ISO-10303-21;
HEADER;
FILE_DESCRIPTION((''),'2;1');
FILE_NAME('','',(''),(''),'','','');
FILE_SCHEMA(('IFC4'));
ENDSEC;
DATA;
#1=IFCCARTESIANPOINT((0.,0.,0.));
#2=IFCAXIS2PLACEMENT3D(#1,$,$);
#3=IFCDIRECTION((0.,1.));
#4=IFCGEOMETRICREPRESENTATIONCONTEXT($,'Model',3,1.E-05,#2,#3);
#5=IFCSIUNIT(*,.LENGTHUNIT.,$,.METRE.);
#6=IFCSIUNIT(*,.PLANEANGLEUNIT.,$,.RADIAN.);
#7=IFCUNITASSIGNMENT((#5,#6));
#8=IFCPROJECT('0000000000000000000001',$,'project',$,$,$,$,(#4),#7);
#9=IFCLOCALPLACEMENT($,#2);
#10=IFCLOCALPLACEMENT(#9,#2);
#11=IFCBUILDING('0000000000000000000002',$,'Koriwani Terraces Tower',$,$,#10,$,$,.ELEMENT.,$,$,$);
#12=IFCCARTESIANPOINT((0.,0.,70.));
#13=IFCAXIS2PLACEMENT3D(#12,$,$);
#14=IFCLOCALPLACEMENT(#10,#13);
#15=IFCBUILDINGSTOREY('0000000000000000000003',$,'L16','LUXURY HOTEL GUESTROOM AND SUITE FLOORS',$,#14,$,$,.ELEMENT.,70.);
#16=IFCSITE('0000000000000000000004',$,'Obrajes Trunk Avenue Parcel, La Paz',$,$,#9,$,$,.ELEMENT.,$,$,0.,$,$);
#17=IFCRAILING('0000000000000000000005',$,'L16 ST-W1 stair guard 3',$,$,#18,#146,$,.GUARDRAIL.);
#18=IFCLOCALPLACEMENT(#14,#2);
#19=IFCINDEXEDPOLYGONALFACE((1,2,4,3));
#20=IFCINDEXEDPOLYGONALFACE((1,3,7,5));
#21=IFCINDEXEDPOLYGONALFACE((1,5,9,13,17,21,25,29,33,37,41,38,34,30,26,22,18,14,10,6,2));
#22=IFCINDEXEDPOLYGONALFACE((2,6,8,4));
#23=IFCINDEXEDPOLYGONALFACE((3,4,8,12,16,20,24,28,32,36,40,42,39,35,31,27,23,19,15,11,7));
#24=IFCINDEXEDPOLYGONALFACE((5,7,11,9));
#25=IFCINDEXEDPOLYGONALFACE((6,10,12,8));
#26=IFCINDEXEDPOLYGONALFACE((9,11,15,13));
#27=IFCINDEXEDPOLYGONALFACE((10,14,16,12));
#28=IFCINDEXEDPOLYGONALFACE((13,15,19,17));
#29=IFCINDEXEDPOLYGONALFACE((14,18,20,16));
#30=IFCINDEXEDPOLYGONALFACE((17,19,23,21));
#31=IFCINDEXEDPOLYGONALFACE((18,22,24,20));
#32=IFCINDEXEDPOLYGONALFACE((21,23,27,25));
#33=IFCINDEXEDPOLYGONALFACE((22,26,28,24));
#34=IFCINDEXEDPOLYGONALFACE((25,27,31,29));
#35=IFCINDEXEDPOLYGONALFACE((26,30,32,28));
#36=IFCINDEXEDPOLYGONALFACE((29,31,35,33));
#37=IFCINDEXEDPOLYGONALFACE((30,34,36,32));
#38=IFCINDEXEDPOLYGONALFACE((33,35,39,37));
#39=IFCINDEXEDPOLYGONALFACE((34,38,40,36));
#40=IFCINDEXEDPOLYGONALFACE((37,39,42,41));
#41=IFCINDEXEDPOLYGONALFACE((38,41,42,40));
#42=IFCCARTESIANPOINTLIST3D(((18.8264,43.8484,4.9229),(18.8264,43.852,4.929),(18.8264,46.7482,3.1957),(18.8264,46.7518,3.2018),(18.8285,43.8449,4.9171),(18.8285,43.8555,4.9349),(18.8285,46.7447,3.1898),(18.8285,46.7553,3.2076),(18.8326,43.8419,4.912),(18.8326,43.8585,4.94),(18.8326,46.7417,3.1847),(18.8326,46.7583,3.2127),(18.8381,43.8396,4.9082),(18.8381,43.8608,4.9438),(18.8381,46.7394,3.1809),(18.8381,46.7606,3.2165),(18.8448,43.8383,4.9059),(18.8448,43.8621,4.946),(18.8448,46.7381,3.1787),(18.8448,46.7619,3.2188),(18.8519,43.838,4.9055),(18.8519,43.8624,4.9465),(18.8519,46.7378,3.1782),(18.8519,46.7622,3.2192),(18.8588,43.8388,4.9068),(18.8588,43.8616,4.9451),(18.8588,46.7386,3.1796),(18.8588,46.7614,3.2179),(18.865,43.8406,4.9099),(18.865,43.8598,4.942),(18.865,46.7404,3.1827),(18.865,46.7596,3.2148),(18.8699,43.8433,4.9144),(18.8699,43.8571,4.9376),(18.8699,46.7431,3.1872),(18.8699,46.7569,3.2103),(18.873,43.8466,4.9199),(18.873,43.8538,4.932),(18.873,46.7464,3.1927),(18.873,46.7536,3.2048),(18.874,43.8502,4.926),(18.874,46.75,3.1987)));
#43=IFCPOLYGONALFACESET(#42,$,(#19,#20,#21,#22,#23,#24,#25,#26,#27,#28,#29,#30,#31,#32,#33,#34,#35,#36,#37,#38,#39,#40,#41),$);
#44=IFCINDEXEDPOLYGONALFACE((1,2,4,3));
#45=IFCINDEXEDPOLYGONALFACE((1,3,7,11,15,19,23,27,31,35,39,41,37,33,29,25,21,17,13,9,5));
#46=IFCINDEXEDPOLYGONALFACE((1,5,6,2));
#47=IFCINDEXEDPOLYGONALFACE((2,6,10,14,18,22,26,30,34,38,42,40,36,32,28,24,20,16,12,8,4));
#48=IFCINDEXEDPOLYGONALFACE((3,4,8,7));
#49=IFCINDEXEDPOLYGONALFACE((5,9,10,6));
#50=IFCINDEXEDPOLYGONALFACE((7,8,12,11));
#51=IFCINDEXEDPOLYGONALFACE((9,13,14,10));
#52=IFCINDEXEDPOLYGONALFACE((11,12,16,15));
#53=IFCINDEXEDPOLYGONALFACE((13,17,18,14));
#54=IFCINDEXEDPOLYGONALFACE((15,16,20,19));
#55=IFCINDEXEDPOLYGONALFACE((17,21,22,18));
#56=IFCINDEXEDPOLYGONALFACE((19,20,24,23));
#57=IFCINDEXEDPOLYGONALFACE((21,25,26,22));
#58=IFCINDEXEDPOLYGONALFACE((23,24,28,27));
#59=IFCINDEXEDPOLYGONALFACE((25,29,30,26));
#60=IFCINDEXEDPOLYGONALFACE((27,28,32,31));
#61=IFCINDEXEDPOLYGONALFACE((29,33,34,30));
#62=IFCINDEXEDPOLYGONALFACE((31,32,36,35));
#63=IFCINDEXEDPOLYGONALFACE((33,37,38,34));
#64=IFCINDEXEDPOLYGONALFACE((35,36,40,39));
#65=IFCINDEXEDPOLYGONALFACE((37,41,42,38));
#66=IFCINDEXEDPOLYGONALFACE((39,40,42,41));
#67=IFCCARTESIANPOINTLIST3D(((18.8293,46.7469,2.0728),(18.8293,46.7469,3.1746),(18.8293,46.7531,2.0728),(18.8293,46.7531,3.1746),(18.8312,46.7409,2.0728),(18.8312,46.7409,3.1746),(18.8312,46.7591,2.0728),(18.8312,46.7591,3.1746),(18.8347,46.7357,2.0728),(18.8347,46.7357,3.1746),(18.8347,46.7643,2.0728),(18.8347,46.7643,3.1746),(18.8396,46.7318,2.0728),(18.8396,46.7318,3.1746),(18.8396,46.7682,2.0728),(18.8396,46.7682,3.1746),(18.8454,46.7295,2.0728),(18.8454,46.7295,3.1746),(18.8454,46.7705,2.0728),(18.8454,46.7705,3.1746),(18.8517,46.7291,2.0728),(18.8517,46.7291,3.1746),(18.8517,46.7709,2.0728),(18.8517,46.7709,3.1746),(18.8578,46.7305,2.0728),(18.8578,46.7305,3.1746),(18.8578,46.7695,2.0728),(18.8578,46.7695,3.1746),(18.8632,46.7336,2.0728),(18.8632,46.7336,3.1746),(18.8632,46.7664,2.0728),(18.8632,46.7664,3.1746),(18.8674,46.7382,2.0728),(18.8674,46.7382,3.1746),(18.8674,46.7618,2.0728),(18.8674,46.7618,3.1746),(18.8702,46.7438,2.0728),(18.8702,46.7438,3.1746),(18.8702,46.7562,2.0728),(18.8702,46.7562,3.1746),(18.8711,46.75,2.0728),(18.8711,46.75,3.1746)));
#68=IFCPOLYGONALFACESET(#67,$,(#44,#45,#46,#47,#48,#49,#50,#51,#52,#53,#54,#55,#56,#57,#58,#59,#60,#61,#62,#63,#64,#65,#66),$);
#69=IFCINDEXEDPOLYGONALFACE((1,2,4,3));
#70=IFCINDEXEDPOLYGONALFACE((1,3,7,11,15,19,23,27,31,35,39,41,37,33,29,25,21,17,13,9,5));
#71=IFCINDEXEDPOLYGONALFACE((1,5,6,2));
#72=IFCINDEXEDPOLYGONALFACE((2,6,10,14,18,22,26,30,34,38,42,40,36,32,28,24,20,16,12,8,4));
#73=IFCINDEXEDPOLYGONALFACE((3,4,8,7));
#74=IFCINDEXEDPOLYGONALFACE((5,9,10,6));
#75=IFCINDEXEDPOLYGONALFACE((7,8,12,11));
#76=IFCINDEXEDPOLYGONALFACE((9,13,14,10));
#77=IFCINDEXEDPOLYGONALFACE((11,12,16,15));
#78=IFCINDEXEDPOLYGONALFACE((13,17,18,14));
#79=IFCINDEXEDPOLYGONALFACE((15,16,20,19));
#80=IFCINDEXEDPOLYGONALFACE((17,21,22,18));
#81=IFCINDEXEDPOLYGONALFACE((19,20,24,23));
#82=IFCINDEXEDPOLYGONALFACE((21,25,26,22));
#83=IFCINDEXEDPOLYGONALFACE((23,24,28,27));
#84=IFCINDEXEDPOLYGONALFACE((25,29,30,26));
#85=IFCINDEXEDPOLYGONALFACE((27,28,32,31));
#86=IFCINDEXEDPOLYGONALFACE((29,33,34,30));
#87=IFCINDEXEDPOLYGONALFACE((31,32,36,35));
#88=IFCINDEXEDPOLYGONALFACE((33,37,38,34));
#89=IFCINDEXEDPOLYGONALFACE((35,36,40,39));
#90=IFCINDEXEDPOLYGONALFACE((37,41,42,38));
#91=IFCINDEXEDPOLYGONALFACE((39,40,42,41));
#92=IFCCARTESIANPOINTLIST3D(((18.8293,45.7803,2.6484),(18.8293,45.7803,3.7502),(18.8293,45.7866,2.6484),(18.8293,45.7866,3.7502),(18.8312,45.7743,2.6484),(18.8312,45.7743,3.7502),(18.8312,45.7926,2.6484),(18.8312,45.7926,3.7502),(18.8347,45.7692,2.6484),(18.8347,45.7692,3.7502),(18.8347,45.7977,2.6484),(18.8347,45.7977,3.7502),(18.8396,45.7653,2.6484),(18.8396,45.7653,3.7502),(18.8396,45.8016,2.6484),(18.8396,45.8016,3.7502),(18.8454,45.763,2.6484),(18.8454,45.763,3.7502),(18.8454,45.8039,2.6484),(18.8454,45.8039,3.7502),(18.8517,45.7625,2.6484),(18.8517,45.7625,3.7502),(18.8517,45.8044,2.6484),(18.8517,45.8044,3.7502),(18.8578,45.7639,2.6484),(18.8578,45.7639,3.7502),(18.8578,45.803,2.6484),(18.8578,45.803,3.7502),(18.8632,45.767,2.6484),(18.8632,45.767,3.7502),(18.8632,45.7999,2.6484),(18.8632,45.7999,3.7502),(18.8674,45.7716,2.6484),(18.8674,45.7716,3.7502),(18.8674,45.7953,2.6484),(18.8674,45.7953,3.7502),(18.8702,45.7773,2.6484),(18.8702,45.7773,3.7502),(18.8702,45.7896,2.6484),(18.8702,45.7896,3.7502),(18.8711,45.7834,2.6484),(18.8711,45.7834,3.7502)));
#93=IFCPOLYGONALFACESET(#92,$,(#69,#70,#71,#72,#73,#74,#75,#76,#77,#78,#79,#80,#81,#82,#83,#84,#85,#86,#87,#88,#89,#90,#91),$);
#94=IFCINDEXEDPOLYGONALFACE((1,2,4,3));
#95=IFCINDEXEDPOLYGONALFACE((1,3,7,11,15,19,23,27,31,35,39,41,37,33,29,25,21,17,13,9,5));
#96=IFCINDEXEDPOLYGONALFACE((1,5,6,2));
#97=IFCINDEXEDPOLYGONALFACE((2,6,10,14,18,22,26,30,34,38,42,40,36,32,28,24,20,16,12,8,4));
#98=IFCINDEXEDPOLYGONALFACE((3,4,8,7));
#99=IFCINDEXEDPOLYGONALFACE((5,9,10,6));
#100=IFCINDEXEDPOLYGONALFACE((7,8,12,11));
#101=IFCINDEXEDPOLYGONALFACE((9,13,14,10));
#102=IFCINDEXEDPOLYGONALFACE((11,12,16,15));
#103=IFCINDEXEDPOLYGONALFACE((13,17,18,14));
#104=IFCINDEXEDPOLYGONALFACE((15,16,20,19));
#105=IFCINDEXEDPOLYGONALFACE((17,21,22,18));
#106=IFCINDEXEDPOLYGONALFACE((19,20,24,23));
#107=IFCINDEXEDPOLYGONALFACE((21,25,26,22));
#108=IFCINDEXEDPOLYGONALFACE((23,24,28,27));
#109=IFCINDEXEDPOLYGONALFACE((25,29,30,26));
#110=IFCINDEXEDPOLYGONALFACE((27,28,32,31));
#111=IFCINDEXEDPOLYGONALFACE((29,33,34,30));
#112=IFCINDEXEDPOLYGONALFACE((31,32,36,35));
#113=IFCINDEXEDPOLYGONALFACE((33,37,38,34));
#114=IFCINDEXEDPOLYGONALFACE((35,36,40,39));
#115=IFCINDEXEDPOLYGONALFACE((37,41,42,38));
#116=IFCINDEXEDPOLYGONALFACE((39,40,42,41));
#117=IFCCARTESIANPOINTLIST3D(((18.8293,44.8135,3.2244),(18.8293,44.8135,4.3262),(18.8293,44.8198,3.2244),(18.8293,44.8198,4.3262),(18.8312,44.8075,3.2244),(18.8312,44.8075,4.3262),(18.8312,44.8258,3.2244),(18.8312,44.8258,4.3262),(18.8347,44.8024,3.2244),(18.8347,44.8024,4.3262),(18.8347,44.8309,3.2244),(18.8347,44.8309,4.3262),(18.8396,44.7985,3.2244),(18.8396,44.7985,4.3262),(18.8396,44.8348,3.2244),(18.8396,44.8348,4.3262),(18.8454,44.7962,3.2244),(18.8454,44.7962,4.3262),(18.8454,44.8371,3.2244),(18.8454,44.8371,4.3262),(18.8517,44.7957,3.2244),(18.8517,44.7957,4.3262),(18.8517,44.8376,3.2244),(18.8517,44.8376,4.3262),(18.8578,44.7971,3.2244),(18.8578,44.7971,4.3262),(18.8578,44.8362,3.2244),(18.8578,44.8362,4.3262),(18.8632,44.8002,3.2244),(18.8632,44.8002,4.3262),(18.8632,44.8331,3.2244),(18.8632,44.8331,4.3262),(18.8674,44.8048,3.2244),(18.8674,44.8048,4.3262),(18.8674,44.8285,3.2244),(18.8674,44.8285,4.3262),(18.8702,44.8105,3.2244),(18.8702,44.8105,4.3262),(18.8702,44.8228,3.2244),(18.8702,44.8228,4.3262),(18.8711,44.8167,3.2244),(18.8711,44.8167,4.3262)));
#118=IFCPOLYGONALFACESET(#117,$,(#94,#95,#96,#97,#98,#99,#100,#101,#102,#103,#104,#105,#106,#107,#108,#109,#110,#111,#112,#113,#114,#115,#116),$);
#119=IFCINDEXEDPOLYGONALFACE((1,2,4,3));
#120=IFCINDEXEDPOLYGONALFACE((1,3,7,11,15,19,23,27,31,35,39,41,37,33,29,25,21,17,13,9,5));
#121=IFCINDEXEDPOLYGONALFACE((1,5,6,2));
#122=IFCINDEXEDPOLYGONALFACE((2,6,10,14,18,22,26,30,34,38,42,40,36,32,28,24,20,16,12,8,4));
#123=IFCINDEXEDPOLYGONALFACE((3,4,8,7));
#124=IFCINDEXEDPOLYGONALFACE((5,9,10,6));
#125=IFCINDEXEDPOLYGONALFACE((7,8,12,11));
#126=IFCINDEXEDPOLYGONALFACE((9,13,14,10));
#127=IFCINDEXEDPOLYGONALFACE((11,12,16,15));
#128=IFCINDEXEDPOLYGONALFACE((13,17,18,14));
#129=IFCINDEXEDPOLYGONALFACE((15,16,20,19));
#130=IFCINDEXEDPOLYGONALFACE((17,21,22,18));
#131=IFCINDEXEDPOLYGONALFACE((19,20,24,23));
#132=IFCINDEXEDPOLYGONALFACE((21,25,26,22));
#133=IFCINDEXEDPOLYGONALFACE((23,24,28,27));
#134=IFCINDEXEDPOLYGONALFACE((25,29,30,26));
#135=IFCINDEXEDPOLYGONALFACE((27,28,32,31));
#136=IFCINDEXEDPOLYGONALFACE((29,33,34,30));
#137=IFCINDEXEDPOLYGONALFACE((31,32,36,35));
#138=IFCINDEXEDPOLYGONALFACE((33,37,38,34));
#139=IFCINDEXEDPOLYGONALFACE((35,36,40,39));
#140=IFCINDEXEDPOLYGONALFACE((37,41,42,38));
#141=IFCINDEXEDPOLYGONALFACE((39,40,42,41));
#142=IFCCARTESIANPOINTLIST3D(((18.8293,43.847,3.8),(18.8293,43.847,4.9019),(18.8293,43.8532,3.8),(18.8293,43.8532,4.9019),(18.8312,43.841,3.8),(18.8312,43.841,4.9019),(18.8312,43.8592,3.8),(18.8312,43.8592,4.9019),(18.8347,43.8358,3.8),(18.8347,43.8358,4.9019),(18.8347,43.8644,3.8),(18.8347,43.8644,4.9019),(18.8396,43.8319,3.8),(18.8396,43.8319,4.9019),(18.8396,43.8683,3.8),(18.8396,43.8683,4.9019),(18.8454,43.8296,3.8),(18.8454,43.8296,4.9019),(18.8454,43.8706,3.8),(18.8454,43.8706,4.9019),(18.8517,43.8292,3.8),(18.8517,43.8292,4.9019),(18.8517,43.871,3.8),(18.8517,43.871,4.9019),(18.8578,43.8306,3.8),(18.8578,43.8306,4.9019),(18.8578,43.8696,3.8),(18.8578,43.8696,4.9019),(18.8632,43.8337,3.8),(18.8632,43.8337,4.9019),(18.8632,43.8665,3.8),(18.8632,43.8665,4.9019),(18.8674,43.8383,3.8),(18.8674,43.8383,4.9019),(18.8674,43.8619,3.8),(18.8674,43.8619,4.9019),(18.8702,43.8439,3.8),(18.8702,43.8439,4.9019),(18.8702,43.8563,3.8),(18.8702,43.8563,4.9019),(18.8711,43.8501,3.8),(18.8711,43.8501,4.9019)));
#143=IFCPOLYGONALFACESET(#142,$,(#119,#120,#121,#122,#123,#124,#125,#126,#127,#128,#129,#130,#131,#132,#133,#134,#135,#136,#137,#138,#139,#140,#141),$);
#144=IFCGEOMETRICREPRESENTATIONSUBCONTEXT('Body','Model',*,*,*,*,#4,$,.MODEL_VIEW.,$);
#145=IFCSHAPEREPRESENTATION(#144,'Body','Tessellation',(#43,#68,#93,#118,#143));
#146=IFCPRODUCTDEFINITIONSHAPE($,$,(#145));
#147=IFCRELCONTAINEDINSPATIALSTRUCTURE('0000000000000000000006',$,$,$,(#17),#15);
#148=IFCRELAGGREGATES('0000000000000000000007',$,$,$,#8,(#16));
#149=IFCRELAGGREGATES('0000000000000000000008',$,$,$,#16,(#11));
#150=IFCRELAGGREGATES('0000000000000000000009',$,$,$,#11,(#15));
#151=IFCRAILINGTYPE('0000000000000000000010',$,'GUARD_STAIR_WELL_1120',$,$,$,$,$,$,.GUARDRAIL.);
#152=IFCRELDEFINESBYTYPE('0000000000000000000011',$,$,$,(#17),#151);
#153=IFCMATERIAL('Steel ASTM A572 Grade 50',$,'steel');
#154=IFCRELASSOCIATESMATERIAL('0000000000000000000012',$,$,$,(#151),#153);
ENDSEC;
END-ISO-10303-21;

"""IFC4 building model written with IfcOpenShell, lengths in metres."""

from ifc_helpers import new_model, si_unit, direction, frame, origin, origin_2d, place, context, subcontext, project, spatial, circle, extrude, material, type_object, element, save


model = new_model("IFC4")

# Units and contexts
model_context = context("Model", 3, precision=1e-05, world=origin(), true_north=direction((0.0, 1.0)))
body_context = subcontext(model_context, "Body", "Model", "MODEL_VIEW")
ifc_project = project(units=[si_unit("LENGTHUNIT", "METRE"), si_unit("PLANEANGLEUNIT", "RADIAN")], contexts=[model_context])

# Site, building, storey
site_placement = place(None, origin())
site = spatial("IfcSite", under=ifc_project, at=site_placement, Name="Obrajes Trunk Avenue Parcel, La Paz", CompositionType="ELEMENT", RefElevation=0.0)
building_placement = place(site_placement, origin())
building = spatial("IfcBuilding", under=site, at=building_placement, Name="Koriwani Terraces Tower", CompositionType="ELEMENT")
storey_placement = place(building_placement, frame((0.0, 0.0, 70.0)))
storey = spatial("IfcBuildingStorey", under=building, at=storey_placement, Name="L16", Description="LUXURY HOTEL GUESTROOM AND SUITE FLOORS", CompositionType="ELEMENT", Elevation=70.0)

# Shared definitions
ifc_material_1 = material(Name="Steel ASTM A572 Grade 50", Category="steel")

# Railing
railing_type_1 = type_object("IfcRailingType", Name="GUARD_STAIR_WELL_1120", PredefinedType="GUARDRAIL", material=ifc_material_1)
railing_1_placement = place(storey_placement, frame((18.8501, 46.75, 2.0728)))
element("IfcRailing", 1, at=railing_1_placement, inside=storey, type_object=railing_type_1, Name="L16 ST-W1 stair guard 3", PredefinedType="GUARDRAIL", context=body_context, shape_type="SweptSolid", body=[
    extrude(circle(Radius=0.0239, at=origin_2d()), frame((0.0, 0.0, 1.126), z_axis=(0.0, -0.859141, 0.511738), x_axis=(1.0, 0.0, 0.0)), (0.0, 0.0, 1.0), 3.3752),
    extrude(circle(Radius=0.021, at=origin_2d()), origin(), (0.0, 0.0, 1.0), 1.1018),
    extrude(circle(Radius=0.021, at=origin_2d()), frame((0.0, -0.9666, 0.5757)), (0.0, 0.0, 1.0), 1.1018),
    extrude(circle(Radius=0.021, at=origin_2d()), frame((0.0, -1.9333, 1.1516)), (0.0, 0.0, 1.0), 1.1018),
    extrude(circle(Radius=0.021, at=origin_2d()), frame((0.0, -2.8999, 1.7273)), (0.0, 0.0, 1.0), 1.1018),
])

save(model, "model.ifc")
